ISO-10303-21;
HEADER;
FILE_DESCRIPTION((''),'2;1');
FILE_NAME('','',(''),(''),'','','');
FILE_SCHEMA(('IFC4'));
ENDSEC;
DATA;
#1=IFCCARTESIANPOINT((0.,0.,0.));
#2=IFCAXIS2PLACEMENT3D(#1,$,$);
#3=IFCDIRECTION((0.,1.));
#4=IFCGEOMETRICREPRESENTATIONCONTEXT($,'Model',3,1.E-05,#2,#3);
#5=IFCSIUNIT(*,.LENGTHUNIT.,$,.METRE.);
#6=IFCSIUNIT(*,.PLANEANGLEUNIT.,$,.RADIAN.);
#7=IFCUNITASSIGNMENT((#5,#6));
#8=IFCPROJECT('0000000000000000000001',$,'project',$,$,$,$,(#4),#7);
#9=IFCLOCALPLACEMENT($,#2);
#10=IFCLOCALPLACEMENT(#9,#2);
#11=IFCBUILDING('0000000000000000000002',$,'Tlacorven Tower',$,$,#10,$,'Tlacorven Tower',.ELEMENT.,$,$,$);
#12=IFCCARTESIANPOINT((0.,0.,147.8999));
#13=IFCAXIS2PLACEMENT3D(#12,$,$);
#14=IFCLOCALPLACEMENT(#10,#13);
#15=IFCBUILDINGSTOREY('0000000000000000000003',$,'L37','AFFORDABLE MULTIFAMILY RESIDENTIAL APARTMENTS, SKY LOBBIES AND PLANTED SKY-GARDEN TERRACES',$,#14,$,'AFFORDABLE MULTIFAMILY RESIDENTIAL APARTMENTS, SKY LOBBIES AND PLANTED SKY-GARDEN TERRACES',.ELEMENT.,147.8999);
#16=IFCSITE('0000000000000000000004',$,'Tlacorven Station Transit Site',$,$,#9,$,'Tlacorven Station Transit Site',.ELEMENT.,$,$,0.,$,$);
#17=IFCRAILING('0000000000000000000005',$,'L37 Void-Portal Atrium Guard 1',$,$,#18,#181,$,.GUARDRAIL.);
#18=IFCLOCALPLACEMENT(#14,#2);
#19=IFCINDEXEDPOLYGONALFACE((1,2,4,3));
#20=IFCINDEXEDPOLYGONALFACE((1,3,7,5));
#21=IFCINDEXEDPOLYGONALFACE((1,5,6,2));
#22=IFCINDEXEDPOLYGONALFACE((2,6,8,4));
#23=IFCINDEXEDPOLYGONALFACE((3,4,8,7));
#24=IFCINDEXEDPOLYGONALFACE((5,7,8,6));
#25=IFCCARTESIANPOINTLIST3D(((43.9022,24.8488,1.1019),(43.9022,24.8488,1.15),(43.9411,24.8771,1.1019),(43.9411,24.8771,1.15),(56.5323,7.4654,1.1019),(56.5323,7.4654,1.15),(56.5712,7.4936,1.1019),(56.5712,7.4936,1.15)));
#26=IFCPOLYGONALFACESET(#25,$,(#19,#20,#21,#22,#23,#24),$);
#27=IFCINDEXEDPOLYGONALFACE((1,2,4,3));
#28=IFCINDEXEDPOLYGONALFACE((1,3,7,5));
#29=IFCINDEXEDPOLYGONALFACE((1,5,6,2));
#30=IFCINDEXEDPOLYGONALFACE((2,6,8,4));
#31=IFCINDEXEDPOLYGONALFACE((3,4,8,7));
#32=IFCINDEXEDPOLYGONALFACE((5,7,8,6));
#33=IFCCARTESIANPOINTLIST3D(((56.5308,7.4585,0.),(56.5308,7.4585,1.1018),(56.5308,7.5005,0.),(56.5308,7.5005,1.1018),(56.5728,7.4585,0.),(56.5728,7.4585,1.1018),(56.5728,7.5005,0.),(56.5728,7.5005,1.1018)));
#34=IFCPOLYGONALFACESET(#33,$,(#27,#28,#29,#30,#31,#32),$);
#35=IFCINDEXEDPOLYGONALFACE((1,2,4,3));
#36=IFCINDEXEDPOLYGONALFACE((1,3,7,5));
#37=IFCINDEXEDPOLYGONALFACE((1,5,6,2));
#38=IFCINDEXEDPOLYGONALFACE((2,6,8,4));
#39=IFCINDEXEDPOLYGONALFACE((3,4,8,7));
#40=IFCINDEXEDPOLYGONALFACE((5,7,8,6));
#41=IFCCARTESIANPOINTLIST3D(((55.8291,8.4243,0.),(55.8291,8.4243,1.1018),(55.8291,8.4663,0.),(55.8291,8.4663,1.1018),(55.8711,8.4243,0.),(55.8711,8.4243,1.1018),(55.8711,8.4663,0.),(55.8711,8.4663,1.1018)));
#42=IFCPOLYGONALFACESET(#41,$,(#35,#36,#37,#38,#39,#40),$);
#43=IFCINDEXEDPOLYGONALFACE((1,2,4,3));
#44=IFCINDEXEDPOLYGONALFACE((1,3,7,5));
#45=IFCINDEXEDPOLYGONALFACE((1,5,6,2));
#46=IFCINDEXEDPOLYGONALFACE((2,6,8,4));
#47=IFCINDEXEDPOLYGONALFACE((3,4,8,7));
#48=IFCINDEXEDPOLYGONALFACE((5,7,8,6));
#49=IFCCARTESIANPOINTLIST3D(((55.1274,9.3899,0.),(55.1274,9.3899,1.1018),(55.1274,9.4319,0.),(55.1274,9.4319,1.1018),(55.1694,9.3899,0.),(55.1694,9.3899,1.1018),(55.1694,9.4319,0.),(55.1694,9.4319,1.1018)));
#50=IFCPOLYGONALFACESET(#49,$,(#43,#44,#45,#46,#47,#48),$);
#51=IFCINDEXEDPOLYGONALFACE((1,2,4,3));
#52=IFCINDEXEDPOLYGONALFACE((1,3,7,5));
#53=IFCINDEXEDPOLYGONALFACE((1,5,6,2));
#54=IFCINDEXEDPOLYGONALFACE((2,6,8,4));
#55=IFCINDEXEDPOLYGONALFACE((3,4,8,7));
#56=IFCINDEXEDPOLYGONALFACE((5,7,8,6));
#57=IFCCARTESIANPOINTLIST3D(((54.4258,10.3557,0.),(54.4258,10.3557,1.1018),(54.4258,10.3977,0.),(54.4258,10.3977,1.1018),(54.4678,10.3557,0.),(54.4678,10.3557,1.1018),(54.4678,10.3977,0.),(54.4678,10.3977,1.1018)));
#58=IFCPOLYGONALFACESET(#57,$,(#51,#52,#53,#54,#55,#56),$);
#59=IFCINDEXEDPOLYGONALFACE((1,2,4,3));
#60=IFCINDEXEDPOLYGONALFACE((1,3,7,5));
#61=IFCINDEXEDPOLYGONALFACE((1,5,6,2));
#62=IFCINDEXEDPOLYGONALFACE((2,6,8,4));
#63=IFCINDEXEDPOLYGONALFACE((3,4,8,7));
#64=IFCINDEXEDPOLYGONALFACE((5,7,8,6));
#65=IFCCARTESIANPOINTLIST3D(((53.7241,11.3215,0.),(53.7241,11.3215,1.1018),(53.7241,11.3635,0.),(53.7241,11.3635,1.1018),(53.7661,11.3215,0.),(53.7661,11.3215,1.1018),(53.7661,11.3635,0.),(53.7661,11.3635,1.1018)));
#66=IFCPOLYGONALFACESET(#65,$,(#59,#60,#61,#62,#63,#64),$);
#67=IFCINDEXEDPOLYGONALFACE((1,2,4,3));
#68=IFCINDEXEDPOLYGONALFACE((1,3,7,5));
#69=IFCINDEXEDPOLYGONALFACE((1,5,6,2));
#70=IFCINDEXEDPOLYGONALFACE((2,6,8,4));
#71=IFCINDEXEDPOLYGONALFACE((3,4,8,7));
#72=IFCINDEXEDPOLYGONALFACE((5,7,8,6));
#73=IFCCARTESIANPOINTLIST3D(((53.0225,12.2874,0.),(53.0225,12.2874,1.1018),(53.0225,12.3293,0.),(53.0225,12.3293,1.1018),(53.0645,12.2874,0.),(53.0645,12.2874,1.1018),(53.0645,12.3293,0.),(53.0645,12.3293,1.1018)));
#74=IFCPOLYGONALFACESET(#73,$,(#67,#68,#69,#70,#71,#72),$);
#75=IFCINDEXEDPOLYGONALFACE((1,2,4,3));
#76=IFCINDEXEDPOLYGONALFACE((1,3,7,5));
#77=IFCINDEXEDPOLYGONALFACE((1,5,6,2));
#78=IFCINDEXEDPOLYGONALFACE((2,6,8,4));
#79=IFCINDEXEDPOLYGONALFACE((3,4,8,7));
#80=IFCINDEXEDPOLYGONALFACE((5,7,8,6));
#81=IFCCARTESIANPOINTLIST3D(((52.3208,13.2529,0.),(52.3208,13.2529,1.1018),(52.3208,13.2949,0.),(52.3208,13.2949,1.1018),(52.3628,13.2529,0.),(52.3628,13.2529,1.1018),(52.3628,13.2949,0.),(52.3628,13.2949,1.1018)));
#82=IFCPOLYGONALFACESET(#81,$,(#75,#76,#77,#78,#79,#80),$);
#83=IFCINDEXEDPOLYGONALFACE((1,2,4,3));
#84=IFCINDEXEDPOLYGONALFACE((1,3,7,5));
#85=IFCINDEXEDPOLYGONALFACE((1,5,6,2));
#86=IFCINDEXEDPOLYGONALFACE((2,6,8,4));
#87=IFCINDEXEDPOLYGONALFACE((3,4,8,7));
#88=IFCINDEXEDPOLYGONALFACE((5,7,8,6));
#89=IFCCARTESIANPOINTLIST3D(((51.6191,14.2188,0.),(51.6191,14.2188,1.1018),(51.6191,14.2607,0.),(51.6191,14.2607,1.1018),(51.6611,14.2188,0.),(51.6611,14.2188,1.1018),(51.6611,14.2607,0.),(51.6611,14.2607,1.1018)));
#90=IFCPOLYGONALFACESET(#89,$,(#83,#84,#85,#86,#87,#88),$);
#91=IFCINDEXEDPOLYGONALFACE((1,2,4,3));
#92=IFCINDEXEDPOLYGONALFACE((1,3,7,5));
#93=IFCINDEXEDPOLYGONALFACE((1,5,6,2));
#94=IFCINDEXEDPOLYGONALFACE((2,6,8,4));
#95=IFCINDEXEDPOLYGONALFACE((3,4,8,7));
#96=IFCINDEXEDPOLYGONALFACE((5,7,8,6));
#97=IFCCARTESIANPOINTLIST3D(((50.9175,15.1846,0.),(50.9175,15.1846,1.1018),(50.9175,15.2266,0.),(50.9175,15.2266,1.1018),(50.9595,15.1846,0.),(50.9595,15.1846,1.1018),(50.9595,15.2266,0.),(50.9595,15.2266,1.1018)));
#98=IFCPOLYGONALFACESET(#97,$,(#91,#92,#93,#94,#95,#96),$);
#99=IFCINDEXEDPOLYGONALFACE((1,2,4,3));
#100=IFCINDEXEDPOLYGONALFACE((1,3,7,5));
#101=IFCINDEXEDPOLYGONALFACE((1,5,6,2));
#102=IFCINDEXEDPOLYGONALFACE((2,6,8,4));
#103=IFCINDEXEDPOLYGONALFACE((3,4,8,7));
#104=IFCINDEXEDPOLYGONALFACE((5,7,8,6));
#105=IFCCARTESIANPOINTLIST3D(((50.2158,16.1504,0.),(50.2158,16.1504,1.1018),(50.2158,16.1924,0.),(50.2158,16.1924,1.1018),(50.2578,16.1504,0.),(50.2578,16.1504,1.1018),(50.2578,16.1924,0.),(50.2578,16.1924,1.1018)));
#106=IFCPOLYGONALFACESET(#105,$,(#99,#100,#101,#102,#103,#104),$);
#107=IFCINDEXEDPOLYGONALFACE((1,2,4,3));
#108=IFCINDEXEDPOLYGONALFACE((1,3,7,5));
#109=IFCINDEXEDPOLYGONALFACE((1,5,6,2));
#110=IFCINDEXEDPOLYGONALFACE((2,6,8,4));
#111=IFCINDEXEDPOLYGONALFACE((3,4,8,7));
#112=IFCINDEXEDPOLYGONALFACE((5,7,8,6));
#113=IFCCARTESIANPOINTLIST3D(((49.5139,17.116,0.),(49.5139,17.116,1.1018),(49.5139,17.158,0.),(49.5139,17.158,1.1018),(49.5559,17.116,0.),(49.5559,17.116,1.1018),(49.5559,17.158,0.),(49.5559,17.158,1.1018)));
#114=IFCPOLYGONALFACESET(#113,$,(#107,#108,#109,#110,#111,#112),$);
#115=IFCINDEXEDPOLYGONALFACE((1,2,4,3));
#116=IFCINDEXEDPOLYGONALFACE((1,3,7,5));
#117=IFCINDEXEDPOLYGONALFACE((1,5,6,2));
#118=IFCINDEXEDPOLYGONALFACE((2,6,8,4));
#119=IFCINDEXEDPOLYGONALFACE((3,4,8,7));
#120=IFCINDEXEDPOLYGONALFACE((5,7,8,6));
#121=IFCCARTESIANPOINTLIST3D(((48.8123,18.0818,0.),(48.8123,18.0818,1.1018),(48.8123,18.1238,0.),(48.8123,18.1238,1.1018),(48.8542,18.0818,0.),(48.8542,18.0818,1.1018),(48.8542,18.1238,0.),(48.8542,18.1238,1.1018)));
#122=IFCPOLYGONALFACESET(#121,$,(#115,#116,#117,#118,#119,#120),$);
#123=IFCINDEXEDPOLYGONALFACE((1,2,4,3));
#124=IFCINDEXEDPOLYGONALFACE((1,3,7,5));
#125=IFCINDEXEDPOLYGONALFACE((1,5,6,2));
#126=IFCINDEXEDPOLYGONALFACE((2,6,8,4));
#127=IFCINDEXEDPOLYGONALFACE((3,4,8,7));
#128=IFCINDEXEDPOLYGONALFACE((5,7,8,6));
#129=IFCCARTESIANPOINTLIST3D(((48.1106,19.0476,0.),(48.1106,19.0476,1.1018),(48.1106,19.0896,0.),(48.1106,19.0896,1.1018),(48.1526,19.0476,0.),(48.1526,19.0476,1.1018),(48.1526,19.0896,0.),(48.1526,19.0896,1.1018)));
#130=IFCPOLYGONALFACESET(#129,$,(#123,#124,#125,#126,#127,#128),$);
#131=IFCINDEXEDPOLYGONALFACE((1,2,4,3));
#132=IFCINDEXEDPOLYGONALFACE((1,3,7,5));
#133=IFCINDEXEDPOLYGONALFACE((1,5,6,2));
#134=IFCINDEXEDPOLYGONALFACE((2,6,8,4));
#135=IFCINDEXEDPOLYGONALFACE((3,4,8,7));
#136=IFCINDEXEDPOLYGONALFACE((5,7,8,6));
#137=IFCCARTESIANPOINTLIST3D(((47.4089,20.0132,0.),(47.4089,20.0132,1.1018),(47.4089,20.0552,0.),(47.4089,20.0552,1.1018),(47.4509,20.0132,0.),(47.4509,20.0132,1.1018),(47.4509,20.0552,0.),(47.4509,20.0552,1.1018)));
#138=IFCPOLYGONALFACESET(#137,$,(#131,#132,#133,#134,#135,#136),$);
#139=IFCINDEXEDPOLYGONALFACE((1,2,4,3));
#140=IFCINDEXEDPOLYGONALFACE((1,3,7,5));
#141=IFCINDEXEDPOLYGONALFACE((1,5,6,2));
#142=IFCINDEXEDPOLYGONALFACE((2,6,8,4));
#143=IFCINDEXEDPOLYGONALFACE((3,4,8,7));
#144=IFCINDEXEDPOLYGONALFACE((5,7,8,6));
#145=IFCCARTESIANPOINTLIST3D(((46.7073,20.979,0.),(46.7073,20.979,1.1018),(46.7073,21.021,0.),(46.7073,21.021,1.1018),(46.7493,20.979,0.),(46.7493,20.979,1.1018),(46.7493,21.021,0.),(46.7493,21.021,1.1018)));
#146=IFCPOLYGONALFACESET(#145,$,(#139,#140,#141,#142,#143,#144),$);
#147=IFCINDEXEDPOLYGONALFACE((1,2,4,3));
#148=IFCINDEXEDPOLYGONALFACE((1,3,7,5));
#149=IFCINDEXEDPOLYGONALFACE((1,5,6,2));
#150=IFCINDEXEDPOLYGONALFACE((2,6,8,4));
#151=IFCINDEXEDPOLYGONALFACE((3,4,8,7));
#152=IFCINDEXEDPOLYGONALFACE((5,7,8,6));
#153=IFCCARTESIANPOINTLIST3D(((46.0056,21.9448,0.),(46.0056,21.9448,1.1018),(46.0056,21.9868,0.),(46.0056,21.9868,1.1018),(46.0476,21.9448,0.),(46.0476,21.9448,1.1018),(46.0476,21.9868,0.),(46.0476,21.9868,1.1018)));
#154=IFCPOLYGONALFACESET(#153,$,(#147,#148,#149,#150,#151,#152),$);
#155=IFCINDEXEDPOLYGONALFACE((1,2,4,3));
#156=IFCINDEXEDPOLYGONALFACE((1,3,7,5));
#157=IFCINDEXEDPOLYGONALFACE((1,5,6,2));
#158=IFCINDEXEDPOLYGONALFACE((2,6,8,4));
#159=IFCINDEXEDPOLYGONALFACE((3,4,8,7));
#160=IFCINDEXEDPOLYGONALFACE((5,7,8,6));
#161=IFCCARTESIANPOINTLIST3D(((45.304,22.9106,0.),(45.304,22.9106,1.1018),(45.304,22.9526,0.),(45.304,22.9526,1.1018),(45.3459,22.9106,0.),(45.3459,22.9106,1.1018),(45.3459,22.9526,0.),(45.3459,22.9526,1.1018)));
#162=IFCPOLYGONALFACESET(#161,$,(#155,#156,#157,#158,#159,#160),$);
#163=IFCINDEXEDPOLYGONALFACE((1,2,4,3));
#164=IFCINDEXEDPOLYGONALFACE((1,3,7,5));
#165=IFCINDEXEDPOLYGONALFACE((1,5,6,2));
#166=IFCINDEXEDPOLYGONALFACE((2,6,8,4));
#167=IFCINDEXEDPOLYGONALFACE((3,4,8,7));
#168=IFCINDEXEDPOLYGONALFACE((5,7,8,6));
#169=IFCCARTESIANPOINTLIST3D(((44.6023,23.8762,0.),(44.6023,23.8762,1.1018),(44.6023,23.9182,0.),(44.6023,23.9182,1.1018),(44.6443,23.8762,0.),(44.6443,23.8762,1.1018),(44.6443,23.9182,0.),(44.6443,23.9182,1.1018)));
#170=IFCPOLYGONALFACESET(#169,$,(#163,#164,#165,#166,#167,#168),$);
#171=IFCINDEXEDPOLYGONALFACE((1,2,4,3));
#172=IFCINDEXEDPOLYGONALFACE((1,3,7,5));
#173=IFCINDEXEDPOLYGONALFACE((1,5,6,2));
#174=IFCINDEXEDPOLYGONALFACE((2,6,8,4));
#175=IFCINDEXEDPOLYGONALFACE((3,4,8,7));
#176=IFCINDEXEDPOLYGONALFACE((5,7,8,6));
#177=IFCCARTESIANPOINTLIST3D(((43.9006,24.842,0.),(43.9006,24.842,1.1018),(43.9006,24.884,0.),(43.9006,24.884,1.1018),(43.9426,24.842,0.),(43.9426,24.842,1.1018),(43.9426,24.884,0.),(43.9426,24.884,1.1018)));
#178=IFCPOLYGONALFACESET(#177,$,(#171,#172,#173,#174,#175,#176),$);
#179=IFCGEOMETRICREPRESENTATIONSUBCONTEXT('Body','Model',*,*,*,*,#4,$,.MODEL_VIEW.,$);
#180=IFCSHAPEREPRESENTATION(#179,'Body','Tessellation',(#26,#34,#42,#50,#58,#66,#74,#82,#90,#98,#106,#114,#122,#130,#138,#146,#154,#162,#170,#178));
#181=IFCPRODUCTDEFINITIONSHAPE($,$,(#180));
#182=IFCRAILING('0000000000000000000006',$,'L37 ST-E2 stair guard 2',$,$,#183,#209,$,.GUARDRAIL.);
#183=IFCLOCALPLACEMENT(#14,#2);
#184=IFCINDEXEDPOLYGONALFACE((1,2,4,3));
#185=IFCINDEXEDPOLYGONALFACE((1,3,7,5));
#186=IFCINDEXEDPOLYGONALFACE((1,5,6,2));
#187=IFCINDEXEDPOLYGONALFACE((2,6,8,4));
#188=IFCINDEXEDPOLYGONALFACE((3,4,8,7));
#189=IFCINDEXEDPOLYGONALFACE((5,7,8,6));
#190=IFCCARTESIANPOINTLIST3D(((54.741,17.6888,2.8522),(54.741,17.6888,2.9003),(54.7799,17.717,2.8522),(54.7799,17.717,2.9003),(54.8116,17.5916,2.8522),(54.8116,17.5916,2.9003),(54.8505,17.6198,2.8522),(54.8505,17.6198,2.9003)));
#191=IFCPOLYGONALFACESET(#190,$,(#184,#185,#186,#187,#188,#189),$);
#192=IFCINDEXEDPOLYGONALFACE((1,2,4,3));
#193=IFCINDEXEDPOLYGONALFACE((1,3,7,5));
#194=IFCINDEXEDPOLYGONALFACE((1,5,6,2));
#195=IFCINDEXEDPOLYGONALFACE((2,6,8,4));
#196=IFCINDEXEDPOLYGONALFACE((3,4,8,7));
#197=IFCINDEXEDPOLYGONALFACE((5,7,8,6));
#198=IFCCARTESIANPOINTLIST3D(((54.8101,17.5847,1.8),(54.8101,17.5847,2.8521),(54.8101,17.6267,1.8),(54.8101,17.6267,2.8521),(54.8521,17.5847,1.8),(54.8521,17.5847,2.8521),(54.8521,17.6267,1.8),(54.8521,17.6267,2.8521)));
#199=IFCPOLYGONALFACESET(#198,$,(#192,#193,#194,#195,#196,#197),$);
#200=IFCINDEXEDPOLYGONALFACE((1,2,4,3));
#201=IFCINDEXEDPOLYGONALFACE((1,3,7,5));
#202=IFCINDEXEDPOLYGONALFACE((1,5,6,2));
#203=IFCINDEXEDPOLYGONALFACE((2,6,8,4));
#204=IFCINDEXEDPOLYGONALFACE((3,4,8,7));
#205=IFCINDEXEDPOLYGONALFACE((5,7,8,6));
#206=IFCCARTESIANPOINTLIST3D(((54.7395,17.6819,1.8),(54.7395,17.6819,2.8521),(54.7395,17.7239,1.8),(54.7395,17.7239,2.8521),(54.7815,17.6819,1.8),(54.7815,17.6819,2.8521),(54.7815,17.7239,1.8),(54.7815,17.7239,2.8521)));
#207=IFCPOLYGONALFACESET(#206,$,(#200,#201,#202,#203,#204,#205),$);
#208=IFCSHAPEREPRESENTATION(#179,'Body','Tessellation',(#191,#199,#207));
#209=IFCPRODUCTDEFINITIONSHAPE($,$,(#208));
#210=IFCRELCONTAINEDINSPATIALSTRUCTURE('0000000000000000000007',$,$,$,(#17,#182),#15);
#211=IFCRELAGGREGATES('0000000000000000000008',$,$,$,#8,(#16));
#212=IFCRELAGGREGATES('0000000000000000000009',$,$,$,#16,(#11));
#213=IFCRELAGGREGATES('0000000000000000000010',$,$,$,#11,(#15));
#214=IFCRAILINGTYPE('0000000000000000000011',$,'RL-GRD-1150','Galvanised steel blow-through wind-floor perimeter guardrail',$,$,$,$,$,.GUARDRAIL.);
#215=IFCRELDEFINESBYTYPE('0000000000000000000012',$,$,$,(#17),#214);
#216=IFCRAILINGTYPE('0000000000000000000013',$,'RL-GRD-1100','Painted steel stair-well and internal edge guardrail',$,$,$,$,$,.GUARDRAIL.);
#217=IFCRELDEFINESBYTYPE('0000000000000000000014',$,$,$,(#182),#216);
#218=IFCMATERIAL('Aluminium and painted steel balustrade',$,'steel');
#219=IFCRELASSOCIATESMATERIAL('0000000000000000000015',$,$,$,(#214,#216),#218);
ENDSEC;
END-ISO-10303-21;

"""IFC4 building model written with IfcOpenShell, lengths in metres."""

from ifc_helpers import new_model, si_unit, direction, frame, origin, origin_2d, place, context, subcontext, project, spatial, rectangle, extrude, source, transform, mapped, material, type_object, element, save


model = new_model("IFC4")

# Units and contexts
model_context = context("Model", 3, precision=1e-05, world=origin(), true_north=direction((0.0, 1.0)))
body_context = subcontext(model_context, "Body", "Model", "MODEL_VIEW")
ifc_project = project(units=[si_unit("LENGTHUNIT", "METRE"), si_unit("PLANEANGLEUNIT", "RADIAN")], contexts=[model_context])

# Site, building, storey
site_placement = place(None, origin())
site = spatial("IfcSite", under=ifc_project, at=site_placement, Name="Tlacorven Station Transit Site", LongName="Tlacorven Station Transit Site", CompositionType="ELEMENT", RefElevation=0.0)
building_placement = place(site_placement, origin())
building = spatial("IfcBuilding", under=site, at=building_placement, Name="Tlacorven Tower", LongName="Tlacorven Tower", CompositionType="ELEMENT")
storey_placement = place(building_placement, frame((0.0, 0.0, 147.8999)))
storey = spatial("IfcBuildingStorey", under=building, at=storey_placement, Name="L37", Description="AFFORDABLE MULTIFAMILY RESIDENTIAL APARTMENTS, SKY LOBBIES AND PLANTED SKY-GARDEN TERRACES", LongName="AFFORDABLE MULTIFAMILY RESIDENTIAL APARTMENTS, SKY LOBBIES AND PLANTED SKY-GARDEN TERRACES", CompositionType="ELEMENT", Elevation=147.8999)

# Railings
ifc_material_1 = material(Name="Aluminium and painted steel balustrade", Category="steel")
railing_type_1 = type_object("IfcRailingType", Name="RL-GRD-1150", Description="Galvanised steel blow-through wind-floor perimeter guardrail", PredefinedType="GUARDRAIL", material=ifc_material_1)
shared_shape_1 = source(origin(), body_context, "Body", "SweptSolid", [
    extrude(rectangle(XDim=0.0481, YDim=0.0481, at=origin_2d()), frame((0.0, 0.0, 1.126), z_axis=(-0.587793, 0.809012, 0.0), x_axis=(-0.809012, -0.587793, 0.0)), (0.0, 0.0, 1.0), 21.4873),
    extrude(rectangle(XDim=0.042, YDim=0.042, at=origin_2d()), origin(), (0.0, 0.0, 1.0), 1.1018),
    extrude(rectangle(XDim=0.042, YDim=0.042, at=origin_2d()), frame((-0.7017, 0.9658, 0.0)), (0.0, 0.0, 1.0), 1.1018),
    extrude(rectangle(XDim=0.042, YDim=0.042, at=origin_2d()), frame((-1.4033, 1.9314, 0.0)), (0.0, 0.0, 1.0), 1.1018),
    extrude(rectangle(XDim=0.042, YDim=0.042, at=origin_2d()), frame((-2.105, 2.8972, 0.0)), (0.0, 0.0, 1.0), 1.1018),
    extrude(rectangle(XDim=0.042, YDim=0.042, at=origin_2d()), frame((-2.8066, 3.863, 0.0)), (0.0, 0.0, 1.0), 1.1018),
    extrude(rectangle(XDim=0.042, YDim=0.042, at=origin_2d()), frame((-3.5083, 4.8289, 0.0)), (0.0, 0.0, 1.0), 1.1018),
    extrude(rectangle(XDim=0.042, YDim=0.042, at=origin_2d()), frame((-4.21, 5.7944, 0.0)), (0.0, 0.0, 1.0), 1.1018),
    extrude(rectangle(XDim=0.042, YDim=0.042, at=origin_2d()), frame((-4.9116, 6.7603, 0.0)), (0.0, 0.0, 1.0), 1.1018),
    extrude(rectangle(XDim=0.042, YDim=0.042, at=origin_2d()), frame((-5.6133, 7.7261, 0.0)), (0.0, 0.0, 1.0), 1.1018),
    extrude(rectangle(XDim=0.042, YDim=0.042, at=origin_2d()), frame((-6.3149, 8.6919, 0.0)), (0.0, 0.0, 1.0), 1.1018),
    extrude(rectangle(XDim=0.042, YDim=0.042, at=origin_2d()), frame((-7.0168, 9.6575, 0.0)), (0.0, 0.0, 1.0), 1.1018),
    extrude(rectangle(XDim=0.042, YDim=0.042, at=origin_2d()), frame((-7.7185, 10.6233, 0.0)), (0.0, 0.0, 1.0), 1.1018),
    extrude(rectangle(XDim=0.042, YDim=0.042, at=origin_2d()), frame((-8.4202, 11.5891, 0.0)), (0.0, 0.0, 1.0), 1.1018),
    extrude(rectangle(XDim=0.042, YDim=0.042, at=origin_2d()), frame((-9.1218, 12.5547, 0.0)), (0.0, 0.0, 1.0), 1.1018),
    extrude(rectangle(XDim=0.042, YDim=0.042, at=origin_2d()), frame((-9.8235, 13.5205, 0.0)), (0.0, 0.0, 1.0), 1.1018),
    extrude(rectangle(XDim=0.042, YDim=0.042, at=origin_2d()), frame((-10.5251, 14.4863, 0.0)), (0.0, 0.0, 1.0), 1.1018),
    extrude(rectangle(XDim=0.042, YDim=0.042, at=origin_2d()), frame((-11.2268, 15.4521, 0.0)), (0.0, 0.0, 1.0), 1.1018),
    extrude(rectangle(XDim=0.042, YDim=0.042, at=origin_2d()), frame((-11.9285, 16.4177, 0.0)), (0.0, 0.0, 1.0), 1.1018),
    extrude(rectangle(XDim=0.042, YDim=0.042, at=origin_2d()), frame((-12.6301, 17.3835, 0.0)), (0.0, 0.0, 1.0), 1.1018),
])
railing_1_placement = place(storey_placement, frame((56.5518, 7.4795, 0.0)))
element("IfcRailing", 1, at=railing_1_placement, inside=storey, type_object=railing_type_1, Name="L37 Void-Portal Atrium Guard 1", PredefinedType="GUARDRAIL", context=body_context, shape_type="MappedRepresentation", body=[
    mapped(shared_shape_1, transform((0.0, 0.0, 0.0), scale=1.0)),
])
railing_type_2 = type_object("IfcRailingType", Name="RL-GRD-1100", Description="Painted steel stair-well and internal edge guardrail", PredefinedType="GUARDRAIL", material=ifc_material_1)
shared_shape_2 = source(origin(), body_context, "Body", "SweptSolid", [
    extrude(rectangle(XDim=0.0481, YDim=0.0481, at=origin_2d()), frame((0.0, 0.0, 1.0762), z_axis=(-0.587567, 0.809175, 0.0), x_axis=(-0.809175, -0.587567, 0.0)), (0.0, 0.0, 1.0), 0.1201),
    extrude(rectangle(XDim=0.042, YDim=0.042, at=origin_2d()), origin(), (0.0, 0.0, 1.0), 1.052),
    extrude(rectangle(XDim=0.042, YDim=0.042, at=origin_2d()), frame((-0.0706, 0.0972, 0.0)), (0.0, 0.0, 1.0), 1.052),
])
railing_2_placement = place(storey_placement, frame((54.8311, 17.6057, 1.8)))
element("IfcRailing", 2, at=railing_2_placement, inside=storey, type_object=railing_type_2, Name="L37 ST-E2 stair guard 2", PredefinedType="GUARDRAIL", context=body_context, shape_type="MappedRepresentation", body=[
    mapped(shared_shape_2, transform((0.0, 0.0, 0.0), scale=1.0)),
])

save(model, "model.ifc")
